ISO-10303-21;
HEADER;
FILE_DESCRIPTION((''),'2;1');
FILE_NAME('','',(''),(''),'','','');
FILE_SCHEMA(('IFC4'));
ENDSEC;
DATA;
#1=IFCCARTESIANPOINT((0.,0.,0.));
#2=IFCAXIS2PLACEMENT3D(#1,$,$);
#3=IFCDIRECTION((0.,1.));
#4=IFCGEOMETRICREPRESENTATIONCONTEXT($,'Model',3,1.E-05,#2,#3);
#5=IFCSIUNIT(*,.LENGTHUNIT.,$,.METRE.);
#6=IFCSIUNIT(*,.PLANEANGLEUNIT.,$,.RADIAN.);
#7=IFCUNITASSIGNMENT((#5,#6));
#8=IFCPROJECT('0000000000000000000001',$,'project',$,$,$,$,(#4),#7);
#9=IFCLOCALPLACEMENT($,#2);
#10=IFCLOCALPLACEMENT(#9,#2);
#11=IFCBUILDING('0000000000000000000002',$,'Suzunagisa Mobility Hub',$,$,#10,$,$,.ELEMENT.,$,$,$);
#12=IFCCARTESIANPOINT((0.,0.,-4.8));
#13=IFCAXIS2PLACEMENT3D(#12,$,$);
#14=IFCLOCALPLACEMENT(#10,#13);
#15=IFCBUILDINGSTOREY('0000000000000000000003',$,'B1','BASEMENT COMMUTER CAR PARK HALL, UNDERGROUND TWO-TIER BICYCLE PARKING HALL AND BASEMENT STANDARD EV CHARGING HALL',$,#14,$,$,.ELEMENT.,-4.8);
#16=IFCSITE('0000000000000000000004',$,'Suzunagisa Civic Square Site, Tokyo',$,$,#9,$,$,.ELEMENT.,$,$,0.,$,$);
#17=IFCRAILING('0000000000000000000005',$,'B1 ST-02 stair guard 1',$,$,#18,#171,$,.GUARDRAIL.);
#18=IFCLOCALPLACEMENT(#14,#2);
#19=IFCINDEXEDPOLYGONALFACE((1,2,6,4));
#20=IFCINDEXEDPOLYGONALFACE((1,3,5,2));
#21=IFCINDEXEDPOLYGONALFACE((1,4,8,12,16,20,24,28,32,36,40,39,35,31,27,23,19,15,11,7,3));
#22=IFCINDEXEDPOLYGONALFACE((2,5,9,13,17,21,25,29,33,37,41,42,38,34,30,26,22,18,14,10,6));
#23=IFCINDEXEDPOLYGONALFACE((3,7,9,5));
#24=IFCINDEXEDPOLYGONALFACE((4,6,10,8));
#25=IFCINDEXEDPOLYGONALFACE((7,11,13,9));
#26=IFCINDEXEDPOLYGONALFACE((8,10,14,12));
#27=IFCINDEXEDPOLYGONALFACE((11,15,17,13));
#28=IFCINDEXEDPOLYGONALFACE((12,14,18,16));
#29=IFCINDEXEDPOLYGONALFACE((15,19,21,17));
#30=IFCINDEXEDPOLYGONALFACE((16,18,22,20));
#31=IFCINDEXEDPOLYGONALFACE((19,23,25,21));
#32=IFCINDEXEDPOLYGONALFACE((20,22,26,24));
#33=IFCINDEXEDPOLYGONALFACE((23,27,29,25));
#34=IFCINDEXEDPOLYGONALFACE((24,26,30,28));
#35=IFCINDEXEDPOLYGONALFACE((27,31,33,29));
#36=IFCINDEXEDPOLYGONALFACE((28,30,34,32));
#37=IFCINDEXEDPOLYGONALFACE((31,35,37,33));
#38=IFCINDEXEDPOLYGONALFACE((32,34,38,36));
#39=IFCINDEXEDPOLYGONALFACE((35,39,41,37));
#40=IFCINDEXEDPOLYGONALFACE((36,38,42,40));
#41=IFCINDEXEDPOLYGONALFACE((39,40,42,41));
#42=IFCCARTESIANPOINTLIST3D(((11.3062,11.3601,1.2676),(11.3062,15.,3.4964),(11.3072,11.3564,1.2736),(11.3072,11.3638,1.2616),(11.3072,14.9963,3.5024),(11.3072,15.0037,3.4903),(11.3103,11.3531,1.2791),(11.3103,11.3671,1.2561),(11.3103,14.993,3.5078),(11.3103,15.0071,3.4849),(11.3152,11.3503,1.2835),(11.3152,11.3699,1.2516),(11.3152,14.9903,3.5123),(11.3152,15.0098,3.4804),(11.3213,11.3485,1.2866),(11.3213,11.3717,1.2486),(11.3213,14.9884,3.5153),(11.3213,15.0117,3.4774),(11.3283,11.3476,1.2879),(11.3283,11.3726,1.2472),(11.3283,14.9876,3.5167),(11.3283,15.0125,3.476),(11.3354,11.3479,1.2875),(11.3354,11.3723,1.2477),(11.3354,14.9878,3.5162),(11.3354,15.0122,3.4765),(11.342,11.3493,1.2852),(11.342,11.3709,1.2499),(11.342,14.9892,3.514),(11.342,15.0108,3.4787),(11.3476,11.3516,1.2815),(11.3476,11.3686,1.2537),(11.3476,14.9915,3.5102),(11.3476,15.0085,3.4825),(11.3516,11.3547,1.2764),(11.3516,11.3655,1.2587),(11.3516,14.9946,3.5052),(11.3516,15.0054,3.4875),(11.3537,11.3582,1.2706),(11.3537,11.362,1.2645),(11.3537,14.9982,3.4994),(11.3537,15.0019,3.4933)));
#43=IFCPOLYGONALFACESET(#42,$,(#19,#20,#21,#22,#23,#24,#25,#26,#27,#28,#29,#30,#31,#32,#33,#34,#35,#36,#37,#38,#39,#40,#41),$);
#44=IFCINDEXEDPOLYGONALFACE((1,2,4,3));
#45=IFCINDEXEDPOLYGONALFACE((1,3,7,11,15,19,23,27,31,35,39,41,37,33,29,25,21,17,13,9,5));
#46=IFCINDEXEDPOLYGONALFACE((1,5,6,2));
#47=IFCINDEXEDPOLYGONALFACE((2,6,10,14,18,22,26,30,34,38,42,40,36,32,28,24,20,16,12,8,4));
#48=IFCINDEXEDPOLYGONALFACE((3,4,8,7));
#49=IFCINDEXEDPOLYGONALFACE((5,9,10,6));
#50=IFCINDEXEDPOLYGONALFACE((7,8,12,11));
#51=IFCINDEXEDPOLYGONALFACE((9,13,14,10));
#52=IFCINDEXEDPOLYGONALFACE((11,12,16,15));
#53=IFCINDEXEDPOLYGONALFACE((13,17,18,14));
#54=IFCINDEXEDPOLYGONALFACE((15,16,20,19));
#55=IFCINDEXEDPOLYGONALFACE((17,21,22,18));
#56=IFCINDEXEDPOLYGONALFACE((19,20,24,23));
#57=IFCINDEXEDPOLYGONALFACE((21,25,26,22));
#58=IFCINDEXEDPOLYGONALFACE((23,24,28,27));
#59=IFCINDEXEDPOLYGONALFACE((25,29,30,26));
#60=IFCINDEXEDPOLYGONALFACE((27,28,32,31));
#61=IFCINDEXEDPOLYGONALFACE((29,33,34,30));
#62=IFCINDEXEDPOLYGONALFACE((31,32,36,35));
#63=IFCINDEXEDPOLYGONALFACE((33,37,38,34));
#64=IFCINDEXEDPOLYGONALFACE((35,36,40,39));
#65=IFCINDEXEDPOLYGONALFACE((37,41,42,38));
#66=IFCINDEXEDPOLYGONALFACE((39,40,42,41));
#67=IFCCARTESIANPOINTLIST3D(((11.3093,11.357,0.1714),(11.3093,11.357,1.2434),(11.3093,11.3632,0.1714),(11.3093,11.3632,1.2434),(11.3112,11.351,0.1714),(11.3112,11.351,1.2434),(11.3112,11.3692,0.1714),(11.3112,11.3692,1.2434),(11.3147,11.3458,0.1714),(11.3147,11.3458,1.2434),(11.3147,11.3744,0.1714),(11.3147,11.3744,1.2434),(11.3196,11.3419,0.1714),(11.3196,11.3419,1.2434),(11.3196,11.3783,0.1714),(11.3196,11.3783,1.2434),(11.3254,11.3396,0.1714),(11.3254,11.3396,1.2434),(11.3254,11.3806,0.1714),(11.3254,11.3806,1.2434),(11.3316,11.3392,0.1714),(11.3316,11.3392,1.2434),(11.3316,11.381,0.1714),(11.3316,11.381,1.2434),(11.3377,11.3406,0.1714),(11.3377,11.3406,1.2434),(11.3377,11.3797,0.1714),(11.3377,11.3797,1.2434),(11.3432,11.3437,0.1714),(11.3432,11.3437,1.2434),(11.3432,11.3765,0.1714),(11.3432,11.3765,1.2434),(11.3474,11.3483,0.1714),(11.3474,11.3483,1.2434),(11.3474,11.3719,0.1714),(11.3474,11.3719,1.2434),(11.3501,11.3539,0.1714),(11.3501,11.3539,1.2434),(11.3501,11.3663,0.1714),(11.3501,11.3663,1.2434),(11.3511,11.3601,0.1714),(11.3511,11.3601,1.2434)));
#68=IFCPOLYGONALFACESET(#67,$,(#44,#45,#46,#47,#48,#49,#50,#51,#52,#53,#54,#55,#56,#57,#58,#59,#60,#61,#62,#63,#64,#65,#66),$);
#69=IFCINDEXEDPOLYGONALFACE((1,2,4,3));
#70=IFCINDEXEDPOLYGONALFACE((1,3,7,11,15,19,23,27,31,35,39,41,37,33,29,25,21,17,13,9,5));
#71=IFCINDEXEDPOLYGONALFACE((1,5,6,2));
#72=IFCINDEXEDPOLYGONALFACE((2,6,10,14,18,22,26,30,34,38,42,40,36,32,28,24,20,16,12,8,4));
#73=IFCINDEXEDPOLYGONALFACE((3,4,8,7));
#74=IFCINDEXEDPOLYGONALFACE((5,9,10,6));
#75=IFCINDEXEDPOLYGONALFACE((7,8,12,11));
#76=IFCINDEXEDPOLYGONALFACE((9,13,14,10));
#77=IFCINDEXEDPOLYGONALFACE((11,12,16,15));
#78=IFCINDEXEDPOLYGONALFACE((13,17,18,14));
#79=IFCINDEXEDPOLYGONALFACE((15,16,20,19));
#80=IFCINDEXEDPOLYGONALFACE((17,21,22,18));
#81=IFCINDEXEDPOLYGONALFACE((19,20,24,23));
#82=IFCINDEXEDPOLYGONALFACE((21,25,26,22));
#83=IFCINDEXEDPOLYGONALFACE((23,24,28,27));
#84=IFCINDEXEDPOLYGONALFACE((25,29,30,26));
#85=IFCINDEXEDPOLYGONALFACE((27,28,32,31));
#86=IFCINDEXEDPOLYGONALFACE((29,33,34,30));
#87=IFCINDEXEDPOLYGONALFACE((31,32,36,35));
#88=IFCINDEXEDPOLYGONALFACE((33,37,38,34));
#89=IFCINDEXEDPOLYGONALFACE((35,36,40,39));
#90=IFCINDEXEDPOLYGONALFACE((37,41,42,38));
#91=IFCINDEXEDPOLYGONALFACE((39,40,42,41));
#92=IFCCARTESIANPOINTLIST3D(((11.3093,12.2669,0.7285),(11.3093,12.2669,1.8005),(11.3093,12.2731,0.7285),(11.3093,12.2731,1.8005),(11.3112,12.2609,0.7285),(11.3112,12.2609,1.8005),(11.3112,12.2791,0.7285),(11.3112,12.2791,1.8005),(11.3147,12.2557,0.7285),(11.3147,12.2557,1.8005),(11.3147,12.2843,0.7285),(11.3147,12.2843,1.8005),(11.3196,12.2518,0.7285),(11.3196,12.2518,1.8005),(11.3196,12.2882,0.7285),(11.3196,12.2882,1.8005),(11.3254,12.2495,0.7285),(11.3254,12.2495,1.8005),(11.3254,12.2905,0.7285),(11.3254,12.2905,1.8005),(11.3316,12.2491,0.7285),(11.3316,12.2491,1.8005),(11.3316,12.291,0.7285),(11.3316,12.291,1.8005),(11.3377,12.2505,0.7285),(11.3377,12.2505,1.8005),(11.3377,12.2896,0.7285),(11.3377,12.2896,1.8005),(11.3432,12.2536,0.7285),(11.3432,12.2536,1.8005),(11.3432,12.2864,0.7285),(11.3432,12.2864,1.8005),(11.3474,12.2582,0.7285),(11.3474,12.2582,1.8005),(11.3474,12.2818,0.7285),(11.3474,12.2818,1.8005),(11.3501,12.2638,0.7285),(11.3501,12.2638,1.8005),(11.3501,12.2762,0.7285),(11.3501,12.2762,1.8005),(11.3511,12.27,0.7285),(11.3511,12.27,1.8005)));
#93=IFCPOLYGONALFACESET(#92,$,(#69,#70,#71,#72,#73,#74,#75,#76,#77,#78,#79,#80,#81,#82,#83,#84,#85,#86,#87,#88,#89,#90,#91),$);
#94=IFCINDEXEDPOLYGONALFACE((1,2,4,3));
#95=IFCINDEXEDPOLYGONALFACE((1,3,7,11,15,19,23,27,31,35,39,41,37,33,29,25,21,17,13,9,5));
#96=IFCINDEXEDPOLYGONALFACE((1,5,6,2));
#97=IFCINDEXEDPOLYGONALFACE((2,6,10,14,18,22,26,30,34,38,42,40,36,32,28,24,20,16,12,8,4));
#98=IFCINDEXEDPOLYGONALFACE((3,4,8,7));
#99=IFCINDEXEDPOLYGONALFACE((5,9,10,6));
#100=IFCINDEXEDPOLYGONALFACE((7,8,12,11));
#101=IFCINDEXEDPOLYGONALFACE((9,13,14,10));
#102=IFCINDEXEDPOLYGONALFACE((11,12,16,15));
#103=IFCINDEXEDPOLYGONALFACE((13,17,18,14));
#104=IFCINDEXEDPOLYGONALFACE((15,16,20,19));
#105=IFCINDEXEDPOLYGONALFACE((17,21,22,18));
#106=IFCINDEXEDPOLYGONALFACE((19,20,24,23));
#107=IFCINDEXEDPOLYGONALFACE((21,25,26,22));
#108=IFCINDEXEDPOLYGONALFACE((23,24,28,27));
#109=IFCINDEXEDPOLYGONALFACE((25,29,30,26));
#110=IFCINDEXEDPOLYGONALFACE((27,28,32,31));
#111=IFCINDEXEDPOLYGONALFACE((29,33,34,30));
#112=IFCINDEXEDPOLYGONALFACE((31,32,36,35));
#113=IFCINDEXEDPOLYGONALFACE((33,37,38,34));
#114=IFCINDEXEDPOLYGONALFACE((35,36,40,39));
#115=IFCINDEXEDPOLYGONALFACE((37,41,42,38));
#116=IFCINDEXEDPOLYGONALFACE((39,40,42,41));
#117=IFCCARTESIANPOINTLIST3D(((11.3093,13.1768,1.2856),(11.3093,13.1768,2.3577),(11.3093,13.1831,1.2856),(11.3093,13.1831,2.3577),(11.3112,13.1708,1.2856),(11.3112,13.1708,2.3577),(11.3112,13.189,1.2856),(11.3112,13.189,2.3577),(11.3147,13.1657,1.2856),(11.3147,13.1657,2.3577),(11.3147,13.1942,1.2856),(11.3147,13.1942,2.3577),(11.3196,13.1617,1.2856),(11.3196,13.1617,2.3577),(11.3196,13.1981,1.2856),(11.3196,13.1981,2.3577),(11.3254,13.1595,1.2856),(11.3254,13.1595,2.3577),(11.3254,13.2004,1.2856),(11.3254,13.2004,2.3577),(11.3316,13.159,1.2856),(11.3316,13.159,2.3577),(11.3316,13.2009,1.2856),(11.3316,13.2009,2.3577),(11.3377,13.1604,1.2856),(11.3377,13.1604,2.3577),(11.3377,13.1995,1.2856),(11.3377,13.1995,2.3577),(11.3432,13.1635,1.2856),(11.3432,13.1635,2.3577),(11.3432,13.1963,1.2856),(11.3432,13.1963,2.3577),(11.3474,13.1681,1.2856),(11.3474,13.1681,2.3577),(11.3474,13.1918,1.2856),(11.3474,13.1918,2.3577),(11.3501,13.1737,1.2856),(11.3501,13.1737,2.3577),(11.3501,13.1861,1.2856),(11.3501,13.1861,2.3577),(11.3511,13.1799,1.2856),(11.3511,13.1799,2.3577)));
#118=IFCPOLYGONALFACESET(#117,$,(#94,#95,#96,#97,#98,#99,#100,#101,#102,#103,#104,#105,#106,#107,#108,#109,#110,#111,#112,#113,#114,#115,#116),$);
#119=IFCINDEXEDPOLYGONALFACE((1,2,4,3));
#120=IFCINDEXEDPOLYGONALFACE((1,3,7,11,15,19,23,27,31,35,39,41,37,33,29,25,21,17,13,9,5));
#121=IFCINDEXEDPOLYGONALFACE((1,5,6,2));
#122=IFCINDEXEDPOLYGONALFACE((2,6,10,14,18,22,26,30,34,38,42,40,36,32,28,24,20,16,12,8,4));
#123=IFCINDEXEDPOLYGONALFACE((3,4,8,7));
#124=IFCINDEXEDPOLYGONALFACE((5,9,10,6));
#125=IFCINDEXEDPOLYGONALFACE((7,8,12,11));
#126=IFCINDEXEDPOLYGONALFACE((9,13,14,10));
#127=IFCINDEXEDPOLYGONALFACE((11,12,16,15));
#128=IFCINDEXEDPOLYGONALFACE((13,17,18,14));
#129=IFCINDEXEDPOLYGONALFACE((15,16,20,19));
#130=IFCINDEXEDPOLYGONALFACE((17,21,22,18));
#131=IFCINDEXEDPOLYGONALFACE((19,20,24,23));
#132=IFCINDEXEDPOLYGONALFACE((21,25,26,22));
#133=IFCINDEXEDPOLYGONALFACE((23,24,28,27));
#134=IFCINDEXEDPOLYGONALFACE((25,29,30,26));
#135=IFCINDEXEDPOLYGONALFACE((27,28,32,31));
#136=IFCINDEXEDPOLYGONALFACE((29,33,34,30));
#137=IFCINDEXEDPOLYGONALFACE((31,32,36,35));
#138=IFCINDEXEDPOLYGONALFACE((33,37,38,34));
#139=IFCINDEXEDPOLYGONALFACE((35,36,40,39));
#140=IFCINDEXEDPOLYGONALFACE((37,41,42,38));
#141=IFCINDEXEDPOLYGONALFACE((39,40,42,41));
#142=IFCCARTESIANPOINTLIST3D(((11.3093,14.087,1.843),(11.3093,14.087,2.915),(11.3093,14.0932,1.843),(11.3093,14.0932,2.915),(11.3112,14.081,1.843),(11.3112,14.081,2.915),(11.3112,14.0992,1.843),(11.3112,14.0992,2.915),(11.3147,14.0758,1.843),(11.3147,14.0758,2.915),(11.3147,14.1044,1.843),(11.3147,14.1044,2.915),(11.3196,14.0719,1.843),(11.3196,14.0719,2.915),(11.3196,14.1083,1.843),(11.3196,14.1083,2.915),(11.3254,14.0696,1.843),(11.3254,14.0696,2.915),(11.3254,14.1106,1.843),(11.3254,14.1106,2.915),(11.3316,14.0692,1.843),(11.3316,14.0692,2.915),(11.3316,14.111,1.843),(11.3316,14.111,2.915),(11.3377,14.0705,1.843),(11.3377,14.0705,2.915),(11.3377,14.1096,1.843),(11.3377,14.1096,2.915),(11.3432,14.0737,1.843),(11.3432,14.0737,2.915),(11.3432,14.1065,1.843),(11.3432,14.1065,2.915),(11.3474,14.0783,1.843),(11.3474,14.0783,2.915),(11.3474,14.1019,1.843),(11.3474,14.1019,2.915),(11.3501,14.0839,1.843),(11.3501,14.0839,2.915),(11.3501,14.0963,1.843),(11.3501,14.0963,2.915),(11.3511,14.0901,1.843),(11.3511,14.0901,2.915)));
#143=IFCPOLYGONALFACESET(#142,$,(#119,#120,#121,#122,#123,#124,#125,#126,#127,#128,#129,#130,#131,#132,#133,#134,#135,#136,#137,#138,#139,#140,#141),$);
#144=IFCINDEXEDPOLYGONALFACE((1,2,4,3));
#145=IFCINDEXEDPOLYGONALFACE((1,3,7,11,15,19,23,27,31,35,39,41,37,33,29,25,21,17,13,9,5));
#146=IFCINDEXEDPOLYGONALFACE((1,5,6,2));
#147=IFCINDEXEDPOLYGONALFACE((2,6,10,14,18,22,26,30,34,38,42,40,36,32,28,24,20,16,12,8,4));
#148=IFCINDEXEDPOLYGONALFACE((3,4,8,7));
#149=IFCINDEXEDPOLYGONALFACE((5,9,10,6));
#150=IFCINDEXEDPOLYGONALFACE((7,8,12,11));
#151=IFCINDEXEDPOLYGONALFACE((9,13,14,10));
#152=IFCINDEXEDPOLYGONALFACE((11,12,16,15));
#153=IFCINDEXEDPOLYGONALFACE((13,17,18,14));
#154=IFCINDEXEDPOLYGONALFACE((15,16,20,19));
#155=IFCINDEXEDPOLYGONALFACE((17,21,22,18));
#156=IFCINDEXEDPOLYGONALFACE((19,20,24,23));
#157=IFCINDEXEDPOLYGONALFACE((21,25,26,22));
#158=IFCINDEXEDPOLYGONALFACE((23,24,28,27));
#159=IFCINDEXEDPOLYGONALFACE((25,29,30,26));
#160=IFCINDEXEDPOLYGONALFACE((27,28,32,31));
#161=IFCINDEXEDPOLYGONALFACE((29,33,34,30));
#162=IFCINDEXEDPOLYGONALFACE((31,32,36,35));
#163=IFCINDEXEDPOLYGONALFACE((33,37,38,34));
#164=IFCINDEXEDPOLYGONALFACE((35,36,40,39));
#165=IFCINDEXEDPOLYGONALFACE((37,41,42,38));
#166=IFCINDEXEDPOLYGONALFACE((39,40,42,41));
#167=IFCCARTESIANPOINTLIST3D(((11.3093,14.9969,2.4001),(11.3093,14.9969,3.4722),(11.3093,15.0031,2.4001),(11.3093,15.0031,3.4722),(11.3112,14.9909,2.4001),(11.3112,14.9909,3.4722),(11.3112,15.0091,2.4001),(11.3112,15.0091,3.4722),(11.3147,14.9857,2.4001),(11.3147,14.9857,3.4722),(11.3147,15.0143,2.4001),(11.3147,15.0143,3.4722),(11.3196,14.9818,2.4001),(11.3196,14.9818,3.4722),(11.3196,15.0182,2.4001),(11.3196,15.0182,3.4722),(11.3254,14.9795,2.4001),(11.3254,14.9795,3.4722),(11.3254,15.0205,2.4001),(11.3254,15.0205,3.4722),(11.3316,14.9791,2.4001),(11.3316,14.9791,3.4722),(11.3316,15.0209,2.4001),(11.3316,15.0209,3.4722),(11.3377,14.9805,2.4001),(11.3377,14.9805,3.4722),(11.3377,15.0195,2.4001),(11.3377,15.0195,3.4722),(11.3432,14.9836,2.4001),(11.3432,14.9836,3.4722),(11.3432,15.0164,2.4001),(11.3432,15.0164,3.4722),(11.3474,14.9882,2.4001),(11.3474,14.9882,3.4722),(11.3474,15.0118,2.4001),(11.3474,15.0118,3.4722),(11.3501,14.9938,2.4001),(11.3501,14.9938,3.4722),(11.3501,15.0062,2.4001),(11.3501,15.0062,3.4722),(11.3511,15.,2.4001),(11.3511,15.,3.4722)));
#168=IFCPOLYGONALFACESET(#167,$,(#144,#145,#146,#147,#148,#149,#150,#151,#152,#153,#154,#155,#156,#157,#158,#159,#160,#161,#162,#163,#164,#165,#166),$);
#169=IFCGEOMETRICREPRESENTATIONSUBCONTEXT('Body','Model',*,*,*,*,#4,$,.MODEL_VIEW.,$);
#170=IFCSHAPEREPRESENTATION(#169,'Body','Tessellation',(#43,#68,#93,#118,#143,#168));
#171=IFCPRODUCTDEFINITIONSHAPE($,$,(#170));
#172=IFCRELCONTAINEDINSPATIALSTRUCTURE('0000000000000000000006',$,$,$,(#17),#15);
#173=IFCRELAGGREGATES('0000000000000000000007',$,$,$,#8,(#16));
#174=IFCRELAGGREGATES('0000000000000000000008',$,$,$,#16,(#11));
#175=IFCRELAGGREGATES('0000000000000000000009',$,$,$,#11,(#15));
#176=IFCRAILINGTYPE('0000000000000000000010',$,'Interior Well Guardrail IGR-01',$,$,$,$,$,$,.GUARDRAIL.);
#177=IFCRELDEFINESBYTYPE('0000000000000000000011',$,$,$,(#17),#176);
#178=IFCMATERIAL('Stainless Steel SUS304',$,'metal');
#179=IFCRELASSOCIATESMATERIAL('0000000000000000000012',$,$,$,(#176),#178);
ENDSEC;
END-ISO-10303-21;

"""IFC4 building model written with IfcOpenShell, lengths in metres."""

from ifc_helpers import new_model, si_unit, direction, frame, origin, origin_2d, place, context, subcontext, project, spatial, circle, extrude, material, type_object, element, save


model = new_model("IFC4")

# Units and contexts
model_context = context("Model", 3, precision=1e-05, world=origin(), true_north=direction((0.0, 1.0)))
body_context = subcontext(model_context, "Body", "Model", "MODEL_VIEW")
ifc_project = project(units=[si_unit("LENGTHUNIT", "METRE"), si_unit("PLANEANGLEUNIT", "RADIAN")], contexts=[model_context])

# Site, building, storey
site_placement = place(None, origin())
site = spatial("IfcSite", under=ifc_project, at=site_placement, Name="Suzunagisa Civic Square Site, Tokyo", CompositionType="ELEMENT", RefElevation=0.0)
building_placement = place(site_placement, origin())
building = spatial("IfcBuilding", under=site, at=building_placement, Name="Suzunagisa Mobility Hub", CompositionType="ELEMENT")
storey_placement = place(building_placement, frame((0.0, 0.0, -4.8)))
storey = spatial("IfcBuildingStorey", under=building, at=storey_placement, Name="B1", Description="BASEMENT COMMUTER CAR PARK HALL, UNDERGROUND TWO-TIER BICYCLE PARKING HALL AND BASEMENT STANDARD EV CHARGING HALL", CompositionType="ELEMENT", Elevation=-4.8)

# Railing
ifc_material_1 = material(Name="Stainless Steel SUS304", Category="metal")
railing_type_1 = type_object("IfcRailingType", Name="Interior Well Guardrail IGR-01", PredefinedType="GUARDRAIL", material=ifc_material_1)
railing_1_placement = place(storey_placement, frame((11.3301, 11.3601, 0.1714)))
element("IfcRailing", 1, at=railing_1_placement, inside=storey, type_object=railing_type_1, Name="B1 ST-02 stair guard 1", PredefinedType="GUARDRAIL", context=body_context, shape_type="SweptSolid", body=[
    extrude(circle(Radius=0.0239, at=origin_2d()), frame((0.0, 0.0, 1.0962), z_axis=(0.0, 0.852825, 0.522197), x_axis=(-1.0, 0.0, 0.0)), (0.0, 0.0, 1.0), 4.2681),
    extrude(circle(Radius=0.021, at=origin_2d()), origin(), (0.0, 0.0, 1.0), 1.072),
    extrude(circle(Radius=0.021, at=origin_2d()), frame((0.0, 0.9099, 0.5571)), (0.0, 0.0, 1.0), 1.072),
    extrude(circle(Radius=0.021, at=origin_2d()), frame((0.0, 1.8198, 1.1143)), (0.0, 0.0, 1.0), 1.072),
    extrude(circle(Radius=0.021, at=origin_2d()), frame((0.0, 2.73, 1.6716)), (0.0, 0.0, 1.0), 1.072),
    extrude(circle(Radius=0.021, at=origin_2d()), frame((0.0, 3.6399, 2.2288)), (0.0, 0.0, 1.0), 1.072),
])

save(model, "model.ifc")
